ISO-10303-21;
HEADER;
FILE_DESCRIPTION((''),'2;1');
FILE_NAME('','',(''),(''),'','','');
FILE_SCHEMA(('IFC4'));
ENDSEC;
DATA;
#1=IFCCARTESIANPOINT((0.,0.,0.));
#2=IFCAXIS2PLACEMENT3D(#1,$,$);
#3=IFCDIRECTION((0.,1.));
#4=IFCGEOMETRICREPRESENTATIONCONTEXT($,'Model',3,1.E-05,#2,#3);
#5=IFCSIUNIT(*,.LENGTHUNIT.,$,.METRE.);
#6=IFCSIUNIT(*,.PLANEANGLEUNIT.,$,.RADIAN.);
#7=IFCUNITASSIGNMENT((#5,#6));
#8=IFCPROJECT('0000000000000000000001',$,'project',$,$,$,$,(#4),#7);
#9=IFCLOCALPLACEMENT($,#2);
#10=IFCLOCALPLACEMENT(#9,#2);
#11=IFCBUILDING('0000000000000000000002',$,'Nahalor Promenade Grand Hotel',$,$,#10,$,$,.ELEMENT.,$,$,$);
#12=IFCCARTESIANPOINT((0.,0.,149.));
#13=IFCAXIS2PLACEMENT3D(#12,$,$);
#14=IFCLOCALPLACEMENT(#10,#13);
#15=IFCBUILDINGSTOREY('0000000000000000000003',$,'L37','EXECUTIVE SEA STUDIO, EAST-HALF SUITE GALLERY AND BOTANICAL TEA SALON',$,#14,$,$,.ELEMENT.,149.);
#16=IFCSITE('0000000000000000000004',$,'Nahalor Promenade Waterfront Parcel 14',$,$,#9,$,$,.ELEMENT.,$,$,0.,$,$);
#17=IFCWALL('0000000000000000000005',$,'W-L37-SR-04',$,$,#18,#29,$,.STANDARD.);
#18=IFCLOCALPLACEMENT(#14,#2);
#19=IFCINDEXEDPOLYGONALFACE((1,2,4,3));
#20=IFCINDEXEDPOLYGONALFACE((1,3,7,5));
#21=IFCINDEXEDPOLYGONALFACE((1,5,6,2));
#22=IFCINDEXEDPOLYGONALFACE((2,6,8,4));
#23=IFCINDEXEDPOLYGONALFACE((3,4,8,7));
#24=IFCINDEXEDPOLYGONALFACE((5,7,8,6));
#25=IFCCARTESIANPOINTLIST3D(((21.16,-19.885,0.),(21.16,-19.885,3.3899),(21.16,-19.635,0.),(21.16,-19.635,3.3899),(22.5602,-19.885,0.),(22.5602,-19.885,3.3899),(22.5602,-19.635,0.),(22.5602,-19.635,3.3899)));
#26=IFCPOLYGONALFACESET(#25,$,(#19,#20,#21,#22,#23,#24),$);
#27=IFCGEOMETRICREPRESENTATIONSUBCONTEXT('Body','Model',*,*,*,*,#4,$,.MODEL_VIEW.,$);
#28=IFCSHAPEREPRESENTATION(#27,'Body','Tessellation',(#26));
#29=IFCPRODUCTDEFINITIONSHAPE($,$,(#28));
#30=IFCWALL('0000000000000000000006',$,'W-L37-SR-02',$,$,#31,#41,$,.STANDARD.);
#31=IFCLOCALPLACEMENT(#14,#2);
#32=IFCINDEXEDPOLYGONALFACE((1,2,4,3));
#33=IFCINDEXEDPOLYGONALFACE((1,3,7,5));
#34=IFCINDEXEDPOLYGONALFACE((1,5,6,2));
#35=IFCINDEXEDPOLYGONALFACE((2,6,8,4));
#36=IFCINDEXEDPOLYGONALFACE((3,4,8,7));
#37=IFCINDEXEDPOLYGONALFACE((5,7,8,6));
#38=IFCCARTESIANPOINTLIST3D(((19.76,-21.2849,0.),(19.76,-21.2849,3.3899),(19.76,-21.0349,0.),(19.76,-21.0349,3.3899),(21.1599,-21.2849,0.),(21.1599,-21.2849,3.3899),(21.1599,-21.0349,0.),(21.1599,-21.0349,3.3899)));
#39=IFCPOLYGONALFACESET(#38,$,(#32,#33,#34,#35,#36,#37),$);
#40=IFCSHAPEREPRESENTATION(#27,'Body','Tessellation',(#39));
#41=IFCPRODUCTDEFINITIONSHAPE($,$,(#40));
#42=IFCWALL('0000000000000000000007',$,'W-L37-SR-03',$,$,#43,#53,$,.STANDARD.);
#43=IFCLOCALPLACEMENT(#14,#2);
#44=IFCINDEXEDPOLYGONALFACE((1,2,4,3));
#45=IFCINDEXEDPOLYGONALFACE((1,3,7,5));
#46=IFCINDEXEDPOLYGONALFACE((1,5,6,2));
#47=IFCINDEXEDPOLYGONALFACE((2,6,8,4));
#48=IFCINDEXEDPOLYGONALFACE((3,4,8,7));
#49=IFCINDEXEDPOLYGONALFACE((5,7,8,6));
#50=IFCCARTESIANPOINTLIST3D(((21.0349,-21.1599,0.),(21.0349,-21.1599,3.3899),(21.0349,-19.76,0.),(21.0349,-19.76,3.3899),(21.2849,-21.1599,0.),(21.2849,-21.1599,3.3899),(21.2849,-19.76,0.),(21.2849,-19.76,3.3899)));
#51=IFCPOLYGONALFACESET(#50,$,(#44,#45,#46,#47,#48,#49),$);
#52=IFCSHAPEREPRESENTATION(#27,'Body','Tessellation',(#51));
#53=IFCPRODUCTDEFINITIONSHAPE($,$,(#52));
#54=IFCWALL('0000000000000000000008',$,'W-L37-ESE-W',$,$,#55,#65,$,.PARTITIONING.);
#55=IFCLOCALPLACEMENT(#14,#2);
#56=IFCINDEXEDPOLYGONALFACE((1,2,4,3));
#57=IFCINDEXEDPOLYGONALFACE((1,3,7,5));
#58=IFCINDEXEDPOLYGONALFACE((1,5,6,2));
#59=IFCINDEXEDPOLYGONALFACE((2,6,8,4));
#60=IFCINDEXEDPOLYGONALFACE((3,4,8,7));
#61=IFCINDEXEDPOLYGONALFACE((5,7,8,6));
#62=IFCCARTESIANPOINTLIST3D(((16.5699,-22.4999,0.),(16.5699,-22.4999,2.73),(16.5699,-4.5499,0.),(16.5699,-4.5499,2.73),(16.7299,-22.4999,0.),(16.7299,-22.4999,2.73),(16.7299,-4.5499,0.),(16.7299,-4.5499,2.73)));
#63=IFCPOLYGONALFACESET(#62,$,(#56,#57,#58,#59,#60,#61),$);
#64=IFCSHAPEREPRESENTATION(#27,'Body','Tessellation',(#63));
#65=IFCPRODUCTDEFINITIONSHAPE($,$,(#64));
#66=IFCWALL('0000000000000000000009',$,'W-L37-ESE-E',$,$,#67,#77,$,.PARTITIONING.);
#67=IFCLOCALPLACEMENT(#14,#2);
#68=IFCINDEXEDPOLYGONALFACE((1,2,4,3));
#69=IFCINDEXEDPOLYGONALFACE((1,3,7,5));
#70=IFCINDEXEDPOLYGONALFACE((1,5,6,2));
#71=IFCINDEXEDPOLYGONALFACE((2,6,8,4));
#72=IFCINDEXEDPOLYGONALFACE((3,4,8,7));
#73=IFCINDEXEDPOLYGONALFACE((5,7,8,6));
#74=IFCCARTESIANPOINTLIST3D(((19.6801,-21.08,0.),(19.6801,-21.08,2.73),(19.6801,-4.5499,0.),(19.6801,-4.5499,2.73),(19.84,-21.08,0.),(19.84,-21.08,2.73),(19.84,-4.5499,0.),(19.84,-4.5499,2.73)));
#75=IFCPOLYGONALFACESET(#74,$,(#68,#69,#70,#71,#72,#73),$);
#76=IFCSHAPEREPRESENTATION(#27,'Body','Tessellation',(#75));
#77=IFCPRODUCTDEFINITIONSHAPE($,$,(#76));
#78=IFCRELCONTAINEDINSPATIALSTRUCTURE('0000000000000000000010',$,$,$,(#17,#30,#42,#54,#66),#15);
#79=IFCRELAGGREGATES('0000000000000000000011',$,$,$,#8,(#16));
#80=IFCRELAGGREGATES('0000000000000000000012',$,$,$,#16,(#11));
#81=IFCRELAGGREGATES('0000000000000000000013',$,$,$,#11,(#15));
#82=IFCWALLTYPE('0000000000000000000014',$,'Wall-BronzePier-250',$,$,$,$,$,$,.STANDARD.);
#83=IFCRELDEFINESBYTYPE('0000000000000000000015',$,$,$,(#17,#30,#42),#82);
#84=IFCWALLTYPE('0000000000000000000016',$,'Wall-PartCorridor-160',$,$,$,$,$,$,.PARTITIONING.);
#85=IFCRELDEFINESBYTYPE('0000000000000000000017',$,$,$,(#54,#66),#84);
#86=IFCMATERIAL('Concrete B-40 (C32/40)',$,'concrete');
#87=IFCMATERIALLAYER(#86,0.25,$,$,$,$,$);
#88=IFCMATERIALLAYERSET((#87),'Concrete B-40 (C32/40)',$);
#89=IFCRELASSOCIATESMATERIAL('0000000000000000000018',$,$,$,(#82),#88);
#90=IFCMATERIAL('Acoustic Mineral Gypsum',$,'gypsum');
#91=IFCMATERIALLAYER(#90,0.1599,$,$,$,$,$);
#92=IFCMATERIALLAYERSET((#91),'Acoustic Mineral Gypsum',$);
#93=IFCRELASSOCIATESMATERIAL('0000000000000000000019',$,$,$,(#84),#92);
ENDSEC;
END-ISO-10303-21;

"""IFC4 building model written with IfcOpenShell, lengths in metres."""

from ifc_helpers import new_model, si_unit, direction, frame, frame_2d, origin, place, context, subcontext, project, spatial, rectangle, extrude, source, transform, mapped, material, layer, layer_set, type_object, element, save


model = new_model("IFC4")

# Units and contexts
model_context = context("Model", 3, precision=1e-05, world=origin(), true_north=direction((0.0, 1.0)))
body_context = subcontext(model_context, "Body", "Model", "MODEL_VIEW")
ifc_project = project(units=[si_unit("LENGTHUNIT", "METRE"), si_unit("PLANEANGLEUNIT", "RADIAN")], contexts=[model_context])

# Site, building, storey
site_placement = place(None, origin())
site = spatial("IfcSite", under=ifc_project, at=site_placement, Name="Nahalor Promenade Waterfront Parcel 14", CompositionType="ELEMENT", RefElevation=0.0)
building_placement = place(site_placement, origin())
building = spatial("IfcBuilding", under=site, at=building_placement, Name="Nahalor Promenade Grand Hotel", CompositionType="ELEMENT")
storey_placement = place(building_placement, frame((0.0, 0.0, 149.0)))
storey = spatial("IfcBuildingStorey", under=building, at=storey_placement, Name="L37", Description="EXECUTIVE SEA STUDIO, EAST-HALF SUITE GALLERY AND BOTANICAL TEA SALON", CompositionType="ELEMENT", Elevation=149.0)

# Walls
ifc_material_1 = material(Name="Concrete B-40 (C32/40)", Category="concrete")
ifc_layer_1 = layer(ifc_material_1, 0.25)
ifc_layer_set_1 = layer_set([ifc_layer_1], Name="Concrete B-40 (C32/40)")
wall_type_1 = type_object("IfcWallType", Name="Wall-BronzePier-250", PredefinedType="STANDARD", material=ifc_layer_set_1)
shared_shape_1 = source(origin(), body_context, "Body", "SweptSolid", [
    extrude(rectangle(XDim=1.4001, YDim=0.25, at=frame_2d((0.7002, 0.0))), origin(), (0.0, 0.0, 1.0), 3.3899),
])
for number, where, z_axis, x_axis, name in (
    (1, (21.1599, -19.76, 0.0), (0.0, 0.0, 1.0), (1.0, 0.0, 0.0), "W-L37-SR-04"),
):
    element("IfcWall", number, at=place(storey_placement, frame(where, z_axis=z_axis, x_axis=x_axis)), inside=storey, type_object=wall_type_1, Name=name, PredefinedType="STANDARD", context=body_context, shape_type="MappedRepresentation", body=[
        mapped(shared_shape_1, transform((0.0, 0.0, 0.0), scale=1.0)),
    ])
shared_shape_2 = source(origin(), body_context, "Body", "SweptSolid", [
    extrude(rectangle(XDim=1.3999, YDim=0.25, at=frame_2d((0.7, 0.0))), origin(), (0.0, 0.0, 1.0), 3.3899),
])
for number, where, z_axis, x_axis, name in (
    (2, (19.76, -21.1599, 0.0), (0.0, 0.0, 1.0), (1.0, 0.0, 0.0), "W-L37-SR-02"),
    (3, (21.1599, -21.1599, 0.0), (0.0, 0.0, 1.0), (0.0, 1.0, 0.0), "W-L37-SR-03"),
):
    element("IfcWall", number, at=place(storey_placement, frame(where, z_axis=z_axis, x_axis=x_axis)), inside=storey, type_object=wall_type_1, Name=name, PredefinedType="STANDARD", context=body_context, shape_type="MappedRepresentation", body=[
        mapped(shared_shape_2, transform((0.0, 0.0, 0.0), scale=1.0)),
    ])
ifc_material_2 = material(Name="Acoustic Mineral Gypsum", Category="gypsum")
ifc_layer_2 = layer(ifc_material_2, 0.1599)
ifc_layer_set_2 = layer_set([ifc_layer_2], Name="Acoustic Mineral Gypsum")
wall_type_2 = type_object("IfcWallType", Name="Wall-PartCorridor-160", PredefinedType="PARTITIONING", material=ifc_layer_set_2)
shared_shape_3 = source(origin(), body_context, "Body", "SweptSolid", [
    extrude(rectangle(XDim=17.95, YDim=0.1599, at=frame_2d((8.9751, 0.0))), origin(), (0.0, 0.0, 1.0), 2.73),
])
wall_1_placement = place(storey_placement, frame((16.6499, -22.5, 0.0), z_axis=(0.0, 0.0, 1.0), x_axis=(0.0, 1.0, 0.0)))
element("IfcWall", 4, at=wall_1_placement, inside=storey, type_object=wall_type_2, Name="W-L37-ESE-W", PredefinedType="PARTITIONING", context=body_context, shape_type="MappedRepresentation", body=[
    mapped(shared_shape_3, transform((0.0, 0.0, 0.0), scale=1.0)),
])
shared_shape_4 = source(origin(), body_context, "Body", "SweptSolid", [
    extrude(rectangle(XDim=16.53, YDim=0.1599, at=frame_2d((8.2651, 0.0))), origin(), (0.0, 0.0, 1.0), 2.73),
])
wall_2_placement = place(storey_placement, frame((19.76, -21.0801, 0.0), z_axis=(0.0, 0.0, 1.0), x_axis=(0.0, 1.0, 0.0)))
element("IfcWall", 5, at=wall_2_placement, inside=storey, type_object=wall_type_2, Name="W-L37-ESE-E", PredefinedType="PARTITIONING", context=body_context, shape_type="MappedRepresentation", body=[
    mapped(shared_shape_4, transform((0.0, 0.0, 0.0), scale=1.0)),
])

save(model, "model.ifc")
